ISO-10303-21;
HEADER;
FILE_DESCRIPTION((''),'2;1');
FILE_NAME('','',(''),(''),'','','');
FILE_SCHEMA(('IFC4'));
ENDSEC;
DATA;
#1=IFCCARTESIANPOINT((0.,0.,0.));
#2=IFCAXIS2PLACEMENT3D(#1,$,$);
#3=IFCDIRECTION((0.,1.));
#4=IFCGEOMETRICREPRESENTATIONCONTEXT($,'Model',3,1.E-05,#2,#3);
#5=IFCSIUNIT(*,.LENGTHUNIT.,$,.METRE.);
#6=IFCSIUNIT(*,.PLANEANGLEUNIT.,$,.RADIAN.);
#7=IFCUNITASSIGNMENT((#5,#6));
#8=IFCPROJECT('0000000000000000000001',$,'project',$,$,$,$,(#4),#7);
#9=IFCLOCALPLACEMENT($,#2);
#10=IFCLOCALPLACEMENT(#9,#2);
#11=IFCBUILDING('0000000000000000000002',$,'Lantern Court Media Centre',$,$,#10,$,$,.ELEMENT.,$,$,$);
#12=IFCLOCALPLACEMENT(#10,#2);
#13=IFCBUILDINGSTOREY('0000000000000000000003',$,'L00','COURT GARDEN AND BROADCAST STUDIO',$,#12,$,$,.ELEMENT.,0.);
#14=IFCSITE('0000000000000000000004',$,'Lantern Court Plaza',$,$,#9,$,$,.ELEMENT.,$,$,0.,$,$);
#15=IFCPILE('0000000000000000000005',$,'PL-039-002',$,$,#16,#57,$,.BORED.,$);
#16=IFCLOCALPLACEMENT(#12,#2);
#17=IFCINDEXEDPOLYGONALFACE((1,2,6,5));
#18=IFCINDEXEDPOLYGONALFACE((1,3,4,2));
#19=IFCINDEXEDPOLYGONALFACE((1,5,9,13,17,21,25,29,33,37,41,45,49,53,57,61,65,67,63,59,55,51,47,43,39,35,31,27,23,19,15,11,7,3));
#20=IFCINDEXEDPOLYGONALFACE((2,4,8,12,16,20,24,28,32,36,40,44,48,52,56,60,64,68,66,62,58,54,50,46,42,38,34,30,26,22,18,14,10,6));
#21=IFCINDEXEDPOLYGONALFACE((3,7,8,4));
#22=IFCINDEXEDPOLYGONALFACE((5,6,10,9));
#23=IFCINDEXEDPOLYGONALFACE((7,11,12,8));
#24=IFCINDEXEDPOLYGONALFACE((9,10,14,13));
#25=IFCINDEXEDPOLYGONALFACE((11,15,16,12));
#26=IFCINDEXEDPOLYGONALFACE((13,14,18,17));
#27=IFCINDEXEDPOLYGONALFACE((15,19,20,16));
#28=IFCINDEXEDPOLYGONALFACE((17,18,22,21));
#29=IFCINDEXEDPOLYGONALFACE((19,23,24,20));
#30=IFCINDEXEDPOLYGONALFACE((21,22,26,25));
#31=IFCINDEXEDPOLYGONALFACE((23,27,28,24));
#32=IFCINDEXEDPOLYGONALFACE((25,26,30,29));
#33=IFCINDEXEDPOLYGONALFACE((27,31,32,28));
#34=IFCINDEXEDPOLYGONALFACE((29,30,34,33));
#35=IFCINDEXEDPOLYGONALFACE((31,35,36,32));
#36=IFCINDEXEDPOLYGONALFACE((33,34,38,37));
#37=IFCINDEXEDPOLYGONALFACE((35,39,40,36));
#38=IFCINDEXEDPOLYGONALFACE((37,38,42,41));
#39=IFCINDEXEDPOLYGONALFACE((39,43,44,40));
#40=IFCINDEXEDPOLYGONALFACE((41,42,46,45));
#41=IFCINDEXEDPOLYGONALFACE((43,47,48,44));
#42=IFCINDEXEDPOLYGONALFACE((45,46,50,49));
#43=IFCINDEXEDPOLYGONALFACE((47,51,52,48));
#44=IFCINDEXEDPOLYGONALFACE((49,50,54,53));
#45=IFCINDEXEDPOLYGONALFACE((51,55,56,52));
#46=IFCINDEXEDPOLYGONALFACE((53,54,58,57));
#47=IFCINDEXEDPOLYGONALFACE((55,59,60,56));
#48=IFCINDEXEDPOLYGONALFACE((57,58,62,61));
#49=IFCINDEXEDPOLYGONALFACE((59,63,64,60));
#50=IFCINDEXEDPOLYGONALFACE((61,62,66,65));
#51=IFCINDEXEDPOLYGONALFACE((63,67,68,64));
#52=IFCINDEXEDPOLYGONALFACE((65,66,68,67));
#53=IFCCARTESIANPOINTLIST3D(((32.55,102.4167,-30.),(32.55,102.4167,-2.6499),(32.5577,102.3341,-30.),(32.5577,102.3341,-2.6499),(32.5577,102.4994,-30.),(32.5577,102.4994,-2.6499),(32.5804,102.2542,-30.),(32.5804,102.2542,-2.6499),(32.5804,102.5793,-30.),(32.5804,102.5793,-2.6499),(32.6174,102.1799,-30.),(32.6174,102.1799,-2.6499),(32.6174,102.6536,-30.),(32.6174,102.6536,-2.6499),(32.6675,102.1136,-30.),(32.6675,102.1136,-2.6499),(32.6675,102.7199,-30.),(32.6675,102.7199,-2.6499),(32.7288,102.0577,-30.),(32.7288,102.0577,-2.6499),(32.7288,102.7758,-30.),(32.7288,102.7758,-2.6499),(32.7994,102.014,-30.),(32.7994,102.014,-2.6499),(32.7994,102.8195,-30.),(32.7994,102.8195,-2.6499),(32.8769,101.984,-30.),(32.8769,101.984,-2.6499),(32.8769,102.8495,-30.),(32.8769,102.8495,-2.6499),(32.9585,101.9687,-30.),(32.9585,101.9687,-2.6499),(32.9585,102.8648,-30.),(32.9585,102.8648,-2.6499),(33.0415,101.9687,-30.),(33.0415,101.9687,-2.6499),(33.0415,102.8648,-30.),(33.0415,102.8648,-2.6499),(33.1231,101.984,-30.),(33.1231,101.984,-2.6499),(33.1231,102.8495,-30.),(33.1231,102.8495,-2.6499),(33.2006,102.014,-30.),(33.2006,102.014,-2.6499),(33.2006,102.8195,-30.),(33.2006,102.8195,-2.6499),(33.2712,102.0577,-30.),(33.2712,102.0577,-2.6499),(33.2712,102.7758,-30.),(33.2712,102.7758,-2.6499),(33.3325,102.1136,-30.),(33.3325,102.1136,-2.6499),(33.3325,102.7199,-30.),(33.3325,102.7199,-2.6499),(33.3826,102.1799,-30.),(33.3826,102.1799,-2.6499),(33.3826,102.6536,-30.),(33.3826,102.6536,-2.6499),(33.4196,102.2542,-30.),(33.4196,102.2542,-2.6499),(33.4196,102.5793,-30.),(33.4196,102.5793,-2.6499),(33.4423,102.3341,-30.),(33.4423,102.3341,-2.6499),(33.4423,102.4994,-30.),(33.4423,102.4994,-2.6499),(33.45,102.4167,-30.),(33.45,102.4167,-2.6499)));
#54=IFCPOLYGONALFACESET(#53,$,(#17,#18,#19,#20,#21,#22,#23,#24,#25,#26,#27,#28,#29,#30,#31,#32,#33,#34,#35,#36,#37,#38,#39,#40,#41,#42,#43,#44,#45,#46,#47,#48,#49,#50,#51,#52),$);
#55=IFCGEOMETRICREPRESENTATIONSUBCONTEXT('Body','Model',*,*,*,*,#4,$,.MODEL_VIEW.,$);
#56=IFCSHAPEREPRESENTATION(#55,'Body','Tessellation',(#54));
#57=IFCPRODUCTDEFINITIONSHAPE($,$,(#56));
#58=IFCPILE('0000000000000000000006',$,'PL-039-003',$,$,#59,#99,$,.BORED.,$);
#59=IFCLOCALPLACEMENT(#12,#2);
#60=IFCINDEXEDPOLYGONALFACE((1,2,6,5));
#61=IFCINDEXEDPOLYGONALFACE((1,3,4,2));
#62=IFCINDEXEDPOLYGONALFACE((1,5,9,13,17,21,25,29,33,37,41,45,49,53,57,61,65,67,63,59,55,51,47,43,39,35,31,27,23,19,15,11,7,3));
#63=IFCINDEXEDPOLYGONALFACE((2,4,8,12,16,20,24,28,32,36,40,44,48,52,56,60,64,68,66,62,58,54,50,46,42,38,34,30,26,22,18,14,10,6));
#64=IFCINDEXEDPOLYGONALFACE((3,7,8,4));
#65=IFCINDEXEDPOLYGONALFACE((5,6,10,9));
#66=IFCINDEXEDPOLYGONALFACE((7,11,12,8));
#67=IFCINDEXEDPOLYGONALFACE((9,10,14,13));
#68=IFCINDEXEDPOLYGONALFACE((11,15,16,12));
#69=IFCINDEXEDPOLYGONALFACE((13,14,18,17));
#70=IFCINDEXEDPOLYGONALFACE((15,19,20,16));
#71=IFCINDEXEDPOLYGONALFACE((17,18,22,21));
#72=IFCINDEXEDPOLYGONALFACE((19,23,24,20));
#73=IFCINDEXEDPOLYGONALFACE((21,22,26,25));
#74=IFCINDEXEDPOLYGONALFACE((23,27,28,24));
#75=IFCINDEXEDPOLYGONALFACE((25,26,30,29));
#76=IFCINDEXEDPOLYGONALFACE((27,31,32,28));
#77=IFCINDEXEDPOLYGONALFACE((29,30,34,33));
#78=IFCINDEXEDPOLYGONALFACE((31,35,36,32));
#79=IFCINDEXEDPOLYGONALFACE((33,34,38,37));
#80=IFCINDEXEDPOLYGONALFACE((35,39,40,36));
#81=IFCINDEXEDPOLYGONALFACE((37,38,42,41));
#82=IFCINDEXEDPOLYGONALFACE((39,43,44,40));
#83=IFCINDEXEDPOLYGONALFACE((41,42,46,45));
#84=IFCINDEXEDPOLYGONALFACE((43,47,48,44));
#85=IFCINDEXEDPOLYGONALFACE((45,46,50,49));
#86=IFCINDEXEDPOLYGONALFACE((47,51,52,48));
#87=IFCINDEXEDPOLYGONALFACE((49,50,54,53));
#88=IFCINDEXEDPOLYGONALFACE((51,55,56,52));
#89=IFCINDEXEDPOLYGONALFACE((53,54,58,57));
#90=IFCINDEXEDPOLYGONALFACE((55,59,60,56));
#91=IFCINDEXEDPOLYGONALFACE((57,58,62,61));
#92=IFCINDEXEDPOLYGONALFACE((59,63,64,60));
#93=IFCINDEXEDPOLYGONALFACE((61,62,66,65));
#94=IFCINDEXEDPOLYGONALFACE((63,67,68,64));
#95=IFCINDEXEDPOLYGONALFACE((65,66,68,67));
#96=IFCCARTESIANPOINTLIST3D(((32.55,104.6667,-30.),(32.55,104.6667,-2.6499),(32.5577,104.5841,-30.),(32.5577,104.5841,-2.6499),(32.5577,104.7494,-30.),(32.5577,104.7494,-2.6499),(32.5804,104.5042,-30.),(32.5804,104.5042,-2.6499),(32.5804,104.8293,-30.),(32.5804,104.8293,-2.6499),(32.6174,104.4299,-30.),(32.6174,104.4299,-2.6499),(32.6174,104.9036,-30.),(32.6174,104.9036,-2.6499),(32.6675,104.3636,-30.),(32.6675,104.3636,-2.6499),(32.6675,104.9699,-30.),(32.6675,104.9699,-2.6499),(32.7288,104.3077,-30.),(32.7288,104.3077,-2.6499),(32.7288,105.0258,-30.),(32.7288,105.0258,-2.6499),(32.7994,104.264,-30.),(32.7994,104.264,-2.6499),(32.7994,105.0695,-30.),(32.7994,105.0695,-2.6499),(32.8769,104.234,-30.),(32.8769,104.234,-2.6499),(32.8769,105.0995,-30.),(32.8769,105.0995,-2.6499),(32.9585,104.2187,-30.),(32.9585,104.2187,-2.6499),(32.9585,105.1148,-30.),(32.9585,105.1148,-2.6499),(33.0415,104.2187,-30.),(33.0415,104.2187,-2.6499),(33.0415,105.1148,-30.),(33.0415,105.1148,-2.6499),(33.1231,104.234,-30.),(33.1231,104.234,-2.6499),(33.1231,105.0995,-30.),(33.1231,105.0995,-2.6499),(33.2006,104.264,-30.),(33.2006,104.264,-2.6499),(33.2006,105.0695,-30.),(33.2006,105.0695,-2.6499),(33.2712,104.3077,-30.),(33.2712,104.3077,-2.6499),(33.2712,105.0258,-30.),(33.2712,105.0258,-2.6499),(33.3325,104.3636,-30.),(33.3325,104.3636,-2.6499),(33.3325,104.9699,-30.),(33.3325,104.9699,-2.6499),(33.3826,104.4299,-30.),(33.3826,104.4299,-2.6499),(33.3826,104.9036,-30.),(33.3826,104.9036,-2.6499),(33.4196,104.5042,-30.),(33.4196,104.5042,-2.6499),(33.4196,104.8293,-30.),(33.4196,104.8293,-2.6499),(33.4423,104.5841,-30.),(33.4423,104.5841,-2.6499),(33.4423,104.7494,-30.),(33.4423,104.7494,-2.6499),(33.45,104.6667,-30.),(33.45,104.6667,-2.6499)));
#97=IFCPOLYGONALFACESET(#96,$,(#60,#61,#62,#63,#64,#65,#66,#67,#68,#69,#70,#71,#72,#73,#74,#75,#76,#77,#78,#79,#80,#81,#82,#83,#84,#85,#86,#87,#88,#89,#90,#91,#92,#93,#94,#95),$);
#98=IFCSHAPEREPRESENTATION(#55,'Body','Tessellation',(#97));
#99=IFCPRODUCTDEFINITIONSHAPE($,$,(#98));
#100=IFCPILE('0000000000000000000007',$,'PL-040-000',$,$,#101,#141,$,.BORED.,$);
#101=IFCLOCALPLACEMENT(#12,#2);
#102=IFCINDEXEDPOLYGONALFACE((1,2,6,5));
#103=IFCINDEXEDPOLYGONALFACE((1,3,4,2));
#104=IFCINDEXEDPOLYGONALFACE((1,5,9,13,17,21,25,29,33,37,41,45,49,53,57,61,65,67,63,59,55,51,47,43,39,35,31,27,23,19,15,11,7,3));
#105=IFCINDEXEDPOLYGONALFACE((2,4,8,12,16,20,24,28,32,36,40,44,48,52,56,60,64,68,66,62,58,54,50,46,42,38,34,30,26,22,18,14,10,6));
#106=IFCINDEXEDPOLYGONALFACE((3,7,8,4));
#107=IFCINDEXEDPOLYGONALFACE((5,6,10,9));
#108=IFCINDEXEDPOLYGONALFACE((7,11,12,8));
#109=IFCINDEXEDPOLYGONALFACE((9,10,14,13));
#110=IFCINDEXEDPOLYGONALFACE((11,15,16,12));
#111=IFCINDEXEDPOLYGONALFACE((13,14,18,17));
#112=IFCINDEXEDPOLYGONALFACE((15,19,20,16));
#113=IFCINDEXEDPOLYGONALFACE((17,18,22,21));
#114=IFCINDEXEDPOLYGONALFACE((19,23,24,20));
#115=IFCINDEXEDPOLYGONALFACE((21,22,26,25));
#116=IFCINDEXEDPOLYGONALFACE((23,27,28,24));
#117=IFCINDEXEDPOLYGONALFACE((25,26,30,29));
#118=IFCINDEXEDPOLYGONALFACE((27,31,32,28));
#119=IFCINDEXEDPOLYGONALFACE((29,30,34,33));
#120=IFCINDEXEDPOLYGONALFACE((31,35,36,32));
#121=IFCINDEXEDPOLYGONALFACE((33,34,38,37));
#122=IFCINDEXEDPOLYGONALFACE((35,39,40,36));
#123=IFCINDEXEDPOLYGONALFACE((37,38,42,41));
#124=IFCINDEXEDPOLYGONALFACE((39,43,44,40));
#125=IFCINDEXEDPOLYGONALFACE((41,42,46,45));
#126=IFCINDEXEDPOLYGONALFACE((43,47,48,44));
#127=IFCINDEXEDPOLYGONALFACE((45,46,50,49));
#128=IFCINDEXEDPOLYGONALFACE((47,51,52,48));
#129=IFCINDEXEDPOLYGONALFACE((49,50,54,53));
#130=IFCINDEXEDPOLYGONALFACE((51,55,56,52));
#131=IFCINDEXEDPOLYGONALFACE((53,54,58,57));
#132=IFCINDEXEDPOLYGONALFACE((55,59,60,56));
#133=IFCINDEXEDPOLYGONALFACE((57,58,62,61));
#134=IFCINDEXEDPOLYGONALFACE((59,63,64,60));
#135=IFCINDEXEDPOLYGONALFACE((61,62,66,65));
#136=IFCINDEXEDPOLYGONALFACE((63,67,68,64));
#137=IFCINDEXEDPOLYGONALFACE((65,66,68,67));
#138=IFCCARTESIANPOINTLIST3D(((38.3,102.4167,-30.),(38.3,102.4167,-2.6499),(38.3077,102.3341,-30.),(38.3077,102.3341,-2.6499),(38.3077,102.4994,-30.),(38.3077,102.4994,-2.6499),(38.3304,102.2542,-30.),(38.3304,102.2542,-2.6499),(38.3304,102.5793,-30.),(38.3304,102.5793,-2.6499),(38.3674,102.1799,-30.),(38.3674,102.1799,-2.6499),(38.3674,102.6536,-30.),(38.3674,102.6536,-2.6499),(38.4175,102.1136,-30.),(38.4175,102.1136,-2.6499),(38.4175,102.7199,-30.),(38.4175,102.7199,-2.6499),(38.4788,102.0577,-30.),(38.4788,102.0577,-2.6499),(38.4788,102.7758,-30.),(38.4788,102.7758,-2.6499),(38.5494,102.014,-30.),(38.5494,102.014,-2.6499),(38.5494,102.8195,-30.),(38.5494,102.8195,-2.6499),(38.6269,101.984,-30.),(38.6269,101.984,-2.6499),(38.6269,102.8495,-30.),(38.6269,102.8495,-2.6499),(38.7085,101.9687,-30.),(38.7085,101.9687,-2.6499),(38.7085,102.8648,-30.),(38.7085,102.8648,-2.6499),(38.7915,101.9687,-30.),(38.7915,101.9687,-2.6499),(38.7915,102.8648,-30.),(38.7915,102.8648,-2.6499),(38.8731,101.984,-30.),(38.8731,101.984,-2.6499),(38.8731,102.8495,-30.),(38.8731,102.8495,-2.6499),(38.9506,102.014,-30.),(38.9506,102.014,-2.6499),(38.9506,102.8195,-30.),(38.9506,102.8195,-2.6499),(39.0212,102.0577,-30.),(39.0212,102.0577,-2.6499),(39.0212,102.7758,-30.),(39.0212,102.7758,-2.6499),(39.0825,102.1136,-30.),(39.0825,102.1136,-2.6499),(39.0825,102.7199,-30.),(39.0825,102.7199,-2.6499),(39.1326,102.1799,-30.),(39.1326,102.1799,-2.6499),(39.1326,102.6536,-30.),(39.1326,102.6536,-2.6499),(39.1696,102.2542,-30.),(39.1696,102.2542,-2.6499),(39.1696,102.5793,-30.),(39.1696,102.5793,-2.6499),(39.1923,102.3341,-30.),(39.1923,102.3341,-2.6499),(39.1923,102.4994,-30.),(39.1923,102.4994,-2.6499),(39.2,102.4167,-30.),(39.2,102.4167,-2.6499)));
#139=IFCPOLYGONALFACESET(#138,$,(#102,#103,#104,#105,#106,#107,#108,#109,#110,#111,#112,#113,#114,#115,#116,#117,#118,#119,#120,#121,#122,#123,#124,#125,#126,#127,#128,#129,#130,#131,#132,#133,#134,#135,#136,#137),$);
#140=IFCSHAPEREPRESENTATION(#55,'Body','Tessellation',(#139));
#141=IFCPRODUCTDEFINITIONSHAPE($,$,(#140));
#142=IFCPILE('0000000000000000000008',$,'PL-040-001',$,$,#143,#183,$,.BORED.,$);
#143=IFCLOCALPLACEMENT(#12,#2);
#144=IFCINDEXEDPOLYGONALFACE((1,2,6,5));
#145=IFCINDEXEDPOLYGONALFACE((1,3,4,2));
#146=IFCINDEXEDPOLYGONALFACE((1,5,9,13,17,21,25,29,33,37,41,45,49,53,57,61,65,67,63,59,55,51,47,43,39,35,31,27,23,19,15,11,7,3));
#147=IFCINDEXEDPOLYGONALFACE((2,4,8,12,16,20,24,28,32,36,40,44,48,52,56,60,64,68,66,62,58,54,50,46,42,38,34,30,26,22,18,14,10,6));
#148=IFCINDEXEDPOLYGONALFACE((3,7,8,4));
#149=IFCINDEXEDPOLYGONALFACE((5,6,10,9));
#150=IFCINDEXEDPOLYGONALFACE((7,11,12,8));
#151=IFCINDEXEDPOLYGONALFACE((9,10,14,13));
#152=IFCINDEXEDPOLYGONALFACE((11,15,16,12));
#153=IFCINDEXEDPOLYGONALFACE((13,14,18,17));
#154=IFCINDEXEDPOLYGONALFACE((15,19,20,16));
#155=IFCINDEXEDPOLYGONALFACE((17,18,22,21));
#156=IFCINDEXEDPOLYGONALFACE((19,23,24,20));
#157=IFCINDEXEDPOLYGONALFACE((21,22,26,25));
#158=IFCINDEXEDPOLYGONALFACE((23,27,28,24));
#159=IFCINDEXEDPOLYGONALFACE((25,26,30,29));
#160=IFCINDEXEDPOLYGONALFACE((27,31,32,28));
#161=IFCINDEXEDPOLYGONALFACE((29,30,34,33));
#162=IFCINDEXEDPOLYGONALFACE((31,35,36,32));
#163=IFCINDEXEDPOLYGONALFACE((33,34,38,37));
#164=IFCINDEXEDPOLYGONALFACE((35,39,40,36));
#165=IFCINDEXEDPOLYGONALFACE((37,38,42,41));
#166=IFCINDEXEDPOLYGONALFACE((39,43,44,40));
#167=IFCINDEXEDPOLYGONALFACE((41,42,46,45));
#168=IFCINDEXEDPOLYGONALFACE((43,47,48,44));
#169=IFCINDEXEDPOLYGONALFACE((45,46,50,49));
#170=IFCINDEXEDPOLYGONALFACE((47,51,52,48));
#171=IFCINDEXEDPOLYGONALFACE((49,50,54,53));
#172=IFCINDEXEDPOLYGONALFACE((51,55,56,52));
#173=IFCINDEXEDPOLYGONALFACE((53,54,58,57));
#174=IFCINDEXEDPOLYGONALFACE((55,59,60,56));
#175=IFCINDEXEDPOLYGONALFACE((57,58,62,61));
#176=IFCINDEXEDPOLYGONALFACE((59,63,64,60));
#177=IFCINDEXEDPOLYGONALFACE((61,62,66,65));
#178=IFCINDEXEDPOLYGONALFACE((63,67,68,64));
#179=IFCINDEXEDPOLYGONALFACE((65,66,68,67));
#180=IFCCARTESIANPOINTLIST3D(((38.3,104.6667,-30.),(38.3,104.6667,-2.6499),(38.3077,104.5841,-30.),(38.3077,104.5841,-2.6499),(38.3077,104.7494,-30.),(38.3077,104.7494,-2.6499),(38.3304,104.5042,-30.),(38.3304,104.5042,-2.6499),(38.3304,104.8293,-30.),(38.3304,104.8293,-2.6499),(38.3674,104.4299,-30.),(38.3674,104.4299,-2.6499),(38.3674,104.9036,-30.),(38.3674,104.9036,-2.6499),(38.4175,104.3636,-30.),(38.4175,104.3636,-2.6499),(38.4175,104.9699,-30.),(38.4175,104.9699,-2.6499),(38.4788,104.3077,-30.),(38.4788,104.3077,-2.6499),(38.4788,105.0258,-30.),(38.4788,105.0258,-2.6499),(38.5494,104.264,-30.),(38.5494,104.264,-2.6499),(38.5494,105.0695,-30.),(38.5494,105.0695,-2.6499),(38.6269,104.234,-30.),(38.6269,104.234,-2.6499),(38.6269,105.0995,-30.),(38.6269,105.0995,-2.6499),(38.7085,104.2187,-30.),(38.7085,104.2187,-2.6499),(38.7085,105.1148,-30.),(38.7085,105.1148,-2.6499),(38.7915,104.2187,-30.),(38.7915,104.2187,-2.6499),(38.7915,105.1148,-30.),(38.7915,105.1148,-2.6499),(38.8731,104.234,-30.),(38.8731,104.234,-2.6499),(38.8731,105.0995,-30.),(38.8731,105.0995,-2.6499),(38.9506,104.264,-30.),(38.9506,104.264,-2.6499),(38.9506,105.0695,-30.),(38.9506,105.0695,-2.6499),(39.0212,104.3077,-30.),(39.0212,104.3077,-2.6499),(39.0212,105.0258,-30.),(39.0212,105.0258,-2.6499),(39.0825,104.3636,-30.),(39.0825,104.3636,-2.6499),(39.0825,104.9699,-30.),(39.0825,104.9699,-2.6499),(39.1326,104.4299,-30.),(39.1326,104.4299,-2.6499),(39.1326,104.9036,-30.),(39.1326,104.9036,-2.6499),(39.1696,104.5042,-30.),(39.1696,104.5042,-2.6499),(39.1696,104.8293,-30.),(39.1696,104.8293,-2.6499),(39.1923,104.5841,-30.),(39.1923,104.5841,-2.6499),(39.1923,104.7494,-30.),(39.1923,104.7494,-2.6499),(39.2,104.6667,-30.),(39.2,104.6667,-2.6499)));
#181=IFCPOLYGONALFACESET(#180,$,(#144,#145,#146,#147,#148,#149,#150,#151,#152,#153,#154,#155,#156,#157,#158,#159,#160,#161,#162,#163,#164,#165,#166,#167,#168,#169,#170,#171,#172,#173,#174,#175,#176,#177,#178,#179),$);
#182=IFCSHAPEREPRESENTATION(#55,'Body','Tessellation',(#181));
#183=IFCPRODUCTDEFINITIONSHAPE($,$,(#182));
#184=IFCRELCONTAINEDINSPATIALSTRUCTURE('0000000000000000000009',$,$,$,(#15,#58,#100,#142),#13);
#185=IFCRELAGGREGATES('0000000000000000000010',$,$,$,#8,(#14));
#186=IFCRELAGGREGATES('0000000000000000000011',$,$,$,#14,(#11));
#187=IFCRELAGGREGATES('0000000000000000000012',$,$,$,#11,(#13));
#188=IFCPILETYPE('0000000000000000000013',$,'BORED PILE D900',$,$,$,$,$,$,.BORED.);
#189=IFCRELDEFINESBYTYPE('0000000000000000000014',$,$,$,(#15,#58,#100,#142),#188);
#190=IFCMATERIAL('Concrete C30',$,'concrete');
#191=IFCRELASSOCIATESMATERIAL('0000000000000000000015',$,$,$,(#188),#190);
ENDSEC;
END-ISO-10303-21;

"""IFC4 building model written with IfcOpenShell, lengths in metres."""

from ifc_helpers import new_model, si_unit, direction, frame, origin, origin_2d, place, context, subcontext, project, spatial, circle, extrude, material, material_profile, profile_set, type_object, element, save


model = new_model("IFC4")

# Units and contexts
model_context = context("Model", 3, precision=1e-05, world=origin(), true_north=direction((0.0, 1.0)))
body_context = subcontext(model_context, "Body", "Model", "MODEL_VIEW")
ifc_project = project(units=[si_unit("LENGTHUNIT", "METRE"), si_unit("PLANEANGLEUNIT", "RADIAN")], contexts=[model_context])

# Site, building, storey
site_placement = place(None, origin())
site = spatial("IfcSite", under=ifc_project, at=site_placement, Name="Lantern Court Plaza", CompositionType="ELEMENT", RefElevation=0.0)
building_placement = place(site_placement, origin())
building = spatial("IfcBuilding", under=site, at=building_placement, Name="Lantern Court Media Centre", CompositionType="ELEMENT")
storey_placement = place(building_placement, origin())
storey = spatial("IfcBuildingStorey", under=building, at=storey_placement, Name="L00", Description="COURT GARDEN AND BROADCAST STUDIO", CompositionType="ELEMENT", Elevation=0.0)

# Piles
ifc_material_1 = material(Name="Concrete C30", Category="concrete")
ifc_material_profile_1 = material_profile(ifc_material_1, circle(Radius=0.45, at=origin_2d()), Name="D900")
ifc_profile_set_1 = profile_set([ifc_material_profile_1], Name="Concrete C30")
pile_type = type_object("IfcPileType", Name="BORED PILE D900", PredefinedType="BORED", material=ifc_profile_set_1)
for number, where, z_axis, x_axis, name in (
    (1, (33.0, 102.4167, -2.6499), (0.0, 0.0, -1.0), (1.0, 0.0, 0.0), "PL-039-002"),
    (2, (33.0, 104.6667, -2.6499), (0.0, 0.0, -1.0), (1.0, 0.0, 0.0), "PL-039-003"),
    (3, (38.75, 102.4167, -2.6499), (0.0, 0.0, -1.0), (1.0, 0.0, 0.0), "PL-040-000"),
    (4, (38.75, 104.6667, -2.6499), (0.0, 0.0, -1.0), (1.0, 0.0, 0.0), "PL-040-001"),
):
    element("IfcPile", number, at=place(storey_placement, frame(where, z_axis=z_axis, x_axis=x_axis)), inside=storey, type_object=pile_type, Name=name, PredefinedType="BORED", context=body_context, shape_type="SweptSolid", body=[
        extrude(circle(Radius=0.45, at=origin_2d()), origin(), (0.0, 0.0, 1.0), 27.3501),
    ])

save(model, "model.ifc")
